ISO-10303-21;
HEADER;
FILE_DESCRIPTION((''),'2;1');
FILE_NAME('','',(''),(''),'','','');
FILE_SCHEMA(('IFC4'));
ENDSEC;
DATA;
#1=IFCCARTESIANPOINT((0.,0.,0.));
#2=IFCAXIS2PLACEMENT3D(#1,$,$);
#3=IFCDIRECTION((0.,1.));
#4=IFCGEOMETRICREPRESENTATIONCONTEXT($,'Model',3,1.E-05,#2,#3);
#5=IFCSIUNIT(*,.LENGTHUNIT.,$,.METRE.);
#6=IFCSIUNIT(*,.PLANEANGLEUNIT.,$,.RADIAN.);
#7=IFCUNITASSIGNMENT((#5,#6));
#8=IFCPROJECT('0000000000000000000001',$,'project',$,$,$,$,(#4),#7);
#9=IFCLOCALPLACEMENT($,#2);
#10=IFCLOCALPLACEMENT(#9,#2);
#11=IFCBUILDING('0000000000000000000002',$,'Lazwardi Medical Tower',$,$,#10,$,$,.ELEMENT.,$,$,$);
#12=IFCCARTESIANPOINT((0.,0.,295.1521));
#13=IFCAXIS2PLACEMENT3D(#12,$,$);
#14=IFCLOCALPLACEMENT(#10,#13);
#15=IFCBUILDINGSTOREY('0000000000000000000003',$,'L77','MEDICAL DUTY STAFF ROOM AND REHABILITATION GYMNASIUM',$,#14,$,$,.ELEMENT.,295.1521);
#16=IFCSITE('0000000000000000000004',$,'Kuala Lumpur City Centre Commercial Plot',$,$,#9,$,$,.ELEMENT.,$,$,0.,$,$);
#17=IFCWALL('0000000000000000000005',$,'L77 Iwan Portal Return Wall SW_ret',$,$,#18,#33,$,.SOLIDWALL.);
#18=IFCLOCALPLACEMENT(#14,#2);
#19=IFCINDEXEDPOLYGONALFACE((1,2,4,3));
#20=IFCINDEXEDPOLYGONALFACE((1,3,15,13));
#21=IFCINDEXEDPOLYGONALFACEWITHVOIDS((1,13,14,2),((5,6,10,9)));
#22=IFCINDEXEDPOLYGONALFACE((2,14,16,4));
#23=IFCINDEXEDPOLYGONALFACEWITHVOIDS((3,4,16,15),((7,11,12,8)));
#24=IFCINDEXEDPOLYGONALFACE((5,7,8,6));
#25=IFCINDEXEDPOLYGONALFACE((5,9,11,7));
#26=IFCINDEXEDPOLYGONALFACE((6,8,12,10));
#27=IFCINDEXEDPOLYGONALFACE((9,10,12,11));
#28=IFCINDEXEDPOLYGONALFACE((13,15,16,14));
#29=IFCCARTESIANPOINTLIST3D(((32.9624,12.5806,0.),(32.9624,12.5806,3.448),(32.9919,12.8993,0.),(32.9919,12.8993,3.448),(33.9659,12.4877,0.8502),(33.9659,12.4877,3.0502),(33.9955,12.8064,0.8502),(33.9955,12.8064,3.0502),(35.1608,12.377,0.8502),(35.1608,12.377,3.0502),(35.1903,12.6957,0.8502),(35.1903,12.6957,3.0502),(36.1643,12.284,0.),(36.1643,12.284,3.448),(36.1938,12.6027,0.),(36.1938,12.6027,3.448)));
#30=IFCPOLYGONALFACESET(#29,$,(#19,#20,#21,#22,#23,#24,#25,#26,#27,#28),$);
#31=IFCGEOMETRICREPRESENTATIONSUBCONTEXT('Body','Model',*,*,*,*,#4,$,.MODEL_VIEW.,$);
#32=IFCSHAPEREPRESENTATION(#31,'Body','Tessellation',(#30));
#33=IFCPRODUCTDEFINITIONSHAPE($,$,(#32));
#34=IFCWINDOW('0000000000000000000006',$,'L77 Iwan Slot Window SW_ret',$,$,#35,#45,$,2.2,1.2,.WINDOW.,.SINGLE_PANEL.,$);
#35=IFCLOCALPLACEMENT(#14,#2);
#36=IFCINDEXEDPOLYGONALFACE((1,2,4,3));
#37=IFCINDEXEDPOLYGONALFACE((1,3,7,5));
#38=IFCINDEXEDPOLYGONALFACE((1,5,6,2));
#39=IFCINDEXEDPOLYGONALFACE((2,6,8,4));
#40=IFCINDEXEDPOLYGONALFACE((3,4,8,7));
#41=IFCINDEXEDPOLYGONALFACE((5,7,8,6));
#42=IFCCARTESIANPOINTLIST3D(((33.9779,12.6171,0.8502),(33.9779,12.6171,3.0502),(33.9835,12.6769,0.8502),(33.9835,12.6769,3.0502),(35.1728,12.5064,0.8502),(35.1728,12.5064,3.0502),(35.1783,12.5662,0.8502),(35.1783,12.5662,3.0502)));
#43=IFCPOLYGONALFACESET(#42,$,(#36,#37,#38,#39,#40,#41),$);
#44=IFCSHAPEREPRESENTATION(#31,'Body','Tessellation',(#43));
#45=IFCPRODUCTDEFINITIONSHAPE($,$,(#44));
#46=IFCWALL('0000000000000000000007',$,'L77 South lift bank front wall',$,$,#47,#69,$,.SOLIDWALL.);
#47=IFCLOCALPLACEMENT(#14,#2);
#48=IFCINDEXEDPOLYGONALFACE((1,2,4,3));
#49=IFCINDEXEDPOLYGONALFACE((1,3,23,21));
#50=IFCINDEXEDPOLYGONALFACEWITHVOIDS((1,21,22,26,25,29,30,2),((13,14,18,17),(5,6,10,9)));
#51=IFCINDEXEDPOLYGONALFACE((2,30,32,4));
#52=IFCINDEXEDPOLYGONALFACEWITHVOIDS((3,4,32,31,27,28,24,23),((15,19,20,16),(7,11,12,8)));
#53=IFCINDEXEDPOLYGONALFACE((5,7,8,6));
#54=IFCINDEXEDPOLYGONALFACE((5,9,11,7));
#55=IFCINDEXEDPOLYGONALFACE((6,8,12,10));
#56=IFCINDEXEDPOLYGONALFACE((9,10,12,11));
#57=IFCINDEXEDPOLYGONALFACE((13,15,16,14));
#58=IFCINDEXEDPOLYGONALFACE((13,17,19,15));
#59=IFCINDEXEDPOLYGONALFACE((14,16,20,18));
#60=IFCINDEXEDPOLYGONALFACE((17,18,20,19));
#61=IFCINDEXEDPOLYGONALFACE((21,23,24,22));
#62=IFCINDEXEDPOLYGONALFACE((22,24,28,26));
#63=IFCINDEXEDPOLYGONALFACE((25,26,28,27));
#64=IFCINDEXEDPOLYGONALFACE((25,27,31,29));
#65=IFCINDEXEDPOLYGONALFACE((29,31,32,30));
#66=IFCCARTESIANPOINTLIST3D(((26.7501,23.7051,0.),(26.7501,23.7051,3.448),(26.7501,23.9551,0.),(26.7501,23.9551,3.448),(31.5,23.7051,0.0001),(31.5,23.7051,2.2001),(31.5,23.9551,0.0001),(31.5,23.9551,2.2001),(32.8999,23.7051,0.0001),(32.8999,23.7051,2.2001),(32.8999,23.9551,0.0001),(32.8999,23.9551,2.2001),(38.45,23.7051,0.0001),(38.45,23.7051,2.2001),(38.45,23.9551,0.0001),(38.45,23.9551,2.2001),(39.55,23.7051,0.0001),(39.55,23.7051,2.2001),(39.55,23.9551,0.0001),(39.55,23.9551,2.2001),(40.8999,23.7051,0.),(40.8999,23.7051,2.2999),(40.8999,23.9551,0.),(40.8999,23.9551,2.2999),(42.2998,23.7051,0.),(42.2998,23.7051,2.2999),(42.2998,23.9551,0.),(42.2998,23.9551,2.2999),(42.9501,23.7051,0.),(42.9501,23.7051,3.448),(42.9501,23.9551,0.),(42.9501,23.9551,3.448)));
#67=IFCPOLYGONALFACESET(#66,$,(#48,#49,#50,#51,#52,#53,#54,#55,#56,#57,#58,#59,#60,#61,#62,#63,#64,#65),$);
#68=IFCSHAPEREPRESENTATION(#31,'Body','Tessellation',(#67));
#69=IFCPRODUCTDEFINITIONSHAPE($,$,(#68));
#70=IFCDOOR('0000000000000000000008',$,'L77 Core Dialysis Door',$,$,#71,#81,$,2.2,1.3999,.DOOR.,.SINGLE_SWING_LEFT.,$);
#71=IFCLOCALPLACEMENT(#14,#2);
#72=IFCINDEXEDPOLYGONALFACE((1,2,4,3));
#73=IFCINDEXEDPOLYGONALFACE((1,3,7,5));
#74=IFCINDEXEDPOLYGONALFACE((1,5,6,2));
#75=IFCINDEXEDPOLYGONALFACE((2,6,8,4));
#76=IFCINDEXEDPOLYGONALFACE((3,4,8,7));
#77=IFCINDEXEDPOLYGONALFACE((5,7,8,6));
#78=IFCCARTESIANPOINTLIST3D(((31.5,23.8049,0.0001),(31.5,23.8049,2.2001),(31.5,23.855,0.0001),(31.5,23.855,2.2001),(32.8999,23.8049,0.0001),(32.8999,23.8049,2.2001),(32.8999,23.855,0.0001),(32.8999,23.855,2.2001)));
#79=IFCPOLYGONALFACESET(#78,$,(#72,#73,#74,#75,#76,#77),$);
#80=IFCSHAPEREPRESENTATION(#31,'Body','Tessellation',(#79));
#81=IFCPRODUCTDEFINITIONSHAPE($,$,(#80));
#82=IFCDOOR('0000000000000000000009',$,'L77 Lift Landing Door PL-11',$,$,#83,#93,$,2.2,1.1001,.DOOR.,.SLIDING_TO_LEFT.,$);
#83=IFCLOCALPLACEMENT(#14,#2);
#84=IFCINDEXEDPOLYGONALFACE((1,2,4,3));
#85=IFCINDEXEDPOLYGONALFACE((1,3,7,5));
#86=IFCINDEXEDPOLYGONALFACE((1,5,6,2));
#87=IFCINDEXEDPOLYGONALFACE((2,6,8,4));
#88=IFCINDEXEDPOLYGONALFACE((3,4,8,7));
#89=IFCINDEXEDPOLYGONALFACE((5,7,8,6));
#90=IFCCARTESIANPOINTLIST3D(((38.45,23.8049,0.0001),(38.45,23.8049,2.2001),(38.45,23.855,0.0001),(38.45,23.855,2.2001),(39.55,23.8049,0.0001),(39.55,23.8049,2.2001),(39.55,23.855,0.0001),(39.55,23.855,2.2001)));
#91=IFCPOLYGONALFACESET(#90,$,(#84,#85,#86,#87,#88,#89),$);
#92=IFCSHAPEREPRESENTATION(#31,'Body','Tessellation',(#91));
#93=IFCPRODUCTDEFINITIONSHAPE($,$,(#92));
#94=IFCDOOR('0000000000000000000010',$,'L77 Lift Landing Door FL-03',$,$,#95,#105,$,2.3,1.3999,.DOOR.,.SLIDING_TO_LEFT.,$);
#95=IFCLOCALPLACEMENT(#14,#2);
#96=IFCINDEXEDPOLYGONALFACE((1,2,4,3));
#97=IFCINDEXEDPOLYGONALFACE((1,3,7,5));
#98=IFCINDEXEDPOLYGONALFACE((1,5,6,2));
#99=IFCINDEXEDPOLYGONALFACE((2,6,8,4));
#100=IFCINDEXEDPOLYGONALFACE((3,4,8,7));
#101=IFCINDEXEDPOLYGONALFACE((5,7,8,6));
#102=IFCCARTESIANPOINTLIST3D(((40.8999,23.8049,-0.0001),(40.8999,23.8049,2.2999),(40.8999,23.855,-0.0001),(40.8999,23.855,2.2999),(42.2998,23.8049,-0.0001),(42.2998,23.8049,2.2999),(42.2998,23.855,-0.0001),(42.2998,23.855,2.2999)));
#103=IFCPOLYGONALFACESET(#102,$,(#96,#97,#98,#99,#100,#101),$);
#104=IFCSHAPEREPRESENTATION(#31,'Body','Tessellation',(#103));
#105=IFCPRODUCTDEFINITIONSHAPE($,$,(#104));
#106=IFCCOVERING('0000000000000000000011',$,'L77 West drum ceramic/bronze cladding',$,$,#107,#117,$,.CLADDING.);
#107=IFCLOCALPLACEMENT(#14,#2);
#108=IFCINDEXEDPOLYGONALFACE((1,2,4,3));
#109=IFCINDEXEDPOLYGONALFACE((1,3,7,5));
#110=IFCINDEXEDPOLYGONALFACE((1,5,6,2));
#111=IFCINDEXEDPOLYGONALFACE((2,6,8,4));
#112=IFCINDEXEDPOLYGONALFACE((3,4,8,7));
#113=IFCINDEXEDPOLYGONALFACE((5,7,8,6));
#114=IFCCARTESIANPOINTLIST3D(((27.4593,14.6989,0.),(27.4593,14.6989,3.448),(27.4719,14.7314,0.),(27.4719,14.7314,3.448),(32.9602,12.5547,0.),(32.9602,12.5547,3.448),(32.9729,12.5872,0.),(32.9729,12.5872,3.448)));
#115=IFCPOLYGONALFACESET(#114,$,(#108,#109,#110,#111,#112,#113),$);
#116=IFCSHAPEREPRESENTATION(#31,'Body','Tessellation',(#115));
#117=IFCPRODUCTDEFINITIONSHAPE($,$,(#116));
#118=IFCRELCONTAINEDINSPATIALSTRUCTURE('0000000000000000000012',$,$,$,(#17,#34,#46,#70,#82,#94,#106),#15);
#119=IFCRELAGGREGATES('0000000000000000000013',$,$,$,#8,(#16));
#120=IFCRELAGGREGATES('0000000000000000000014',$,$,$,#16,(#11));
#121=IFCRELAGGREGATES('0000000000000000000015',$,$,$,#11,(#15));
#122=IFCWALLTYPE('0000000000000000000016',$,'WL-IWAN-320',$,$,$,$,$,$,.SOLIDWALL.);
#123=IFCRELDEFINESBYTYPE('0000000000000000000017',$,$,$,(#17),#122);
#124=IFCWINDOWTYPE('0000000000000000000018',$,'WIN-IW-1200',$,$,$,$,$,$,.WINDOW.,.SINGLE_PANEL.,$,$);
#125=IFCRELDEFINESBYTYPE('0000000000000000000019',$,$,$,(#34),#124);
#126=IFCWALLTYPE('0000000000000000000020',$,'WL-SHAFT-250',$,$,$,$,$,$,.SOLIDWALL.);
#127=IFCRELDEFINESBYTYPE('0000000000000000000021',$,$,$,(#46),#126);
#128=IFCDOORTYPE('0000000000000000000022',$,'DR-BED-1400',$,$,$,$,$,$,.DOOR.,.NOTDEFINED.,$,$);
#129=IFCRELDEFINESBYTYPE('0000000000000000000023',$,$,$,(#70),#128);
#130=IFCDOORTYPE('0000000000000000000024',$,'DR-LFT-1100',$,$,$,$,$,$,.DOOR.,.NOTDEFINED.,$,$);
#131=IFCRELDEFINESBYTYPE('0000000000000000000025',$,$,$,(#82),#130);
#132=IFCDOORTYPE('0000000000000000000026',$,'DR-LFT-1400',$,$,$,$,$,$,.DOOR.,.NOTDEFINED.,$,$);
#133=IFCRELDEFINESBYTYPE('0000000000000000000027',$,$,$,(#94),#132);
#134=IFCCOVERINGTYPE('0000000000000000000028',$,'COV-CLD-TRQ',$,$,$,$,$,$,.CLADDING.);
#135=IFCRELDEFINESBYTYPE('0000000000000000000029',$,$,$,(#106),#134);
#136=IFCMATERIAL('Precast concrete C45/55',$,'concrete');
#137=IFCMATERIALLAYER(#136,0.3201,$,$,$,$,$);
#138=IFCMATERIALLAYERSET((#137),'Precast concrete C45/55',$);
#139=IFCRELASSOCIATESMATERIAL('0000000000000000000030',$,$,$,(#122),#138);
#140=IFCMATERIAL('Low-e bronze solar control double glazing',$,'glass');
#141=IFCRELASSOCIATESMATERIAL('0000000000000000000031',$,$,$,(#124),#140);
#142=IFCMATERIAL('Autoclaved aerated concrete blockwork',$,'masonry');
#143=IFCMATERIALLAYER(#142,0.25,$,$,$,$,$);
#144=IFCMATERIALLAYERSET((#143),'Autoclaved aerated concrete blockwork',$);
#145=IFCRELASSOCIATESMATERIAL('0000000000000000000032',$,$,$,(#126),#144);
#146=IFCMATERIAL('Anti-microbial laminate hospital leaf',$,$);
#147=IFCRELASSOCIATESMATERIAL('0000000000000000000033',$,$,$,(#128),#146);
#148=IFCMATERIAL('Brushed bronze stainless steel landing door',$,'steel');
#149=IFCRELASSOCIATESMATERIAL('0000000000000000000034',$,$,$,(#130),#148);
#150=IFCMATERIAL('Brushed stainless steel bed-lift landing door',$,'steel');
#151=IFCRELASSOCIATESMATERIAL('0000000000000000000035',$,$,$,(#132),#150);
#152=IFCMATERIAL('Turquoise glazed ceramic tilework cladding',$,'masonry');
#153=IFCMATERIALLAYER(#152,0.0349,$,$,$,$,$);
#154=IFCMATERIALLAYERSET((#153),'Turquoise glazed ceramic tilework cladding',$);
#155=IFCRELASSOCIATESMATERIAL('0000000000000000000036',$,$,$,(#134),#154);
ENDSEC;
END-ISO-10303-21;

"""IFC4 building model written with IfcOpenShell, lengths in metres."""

from ifc_helpers import new_model, si_unit, direction, frame, frame_2d, origin, origin_2d, place, context, subcontext, project, spatial, rectangle, extrude, material, layer, layer_set, type_object, element, fill, save


model = new_model("IFC4")

# Units and contexts
model_context = context("Model", 3, precision=1e-05, world=origin(), true_north=direction((0.0, 1.0)))
body_context = subcontext(model_context, "Body", "Model", "MODEL_VIEW")
ifc_project = project(units=[si_unit("LENGTHUNIT", "METRE"), si_unit("PLANEANGLEUNIT", "RADIAN")], contexts=[model_context])

# Site, building, storey
site_placement = place(None, origin())
site = spatial("IfcSite", under=ifc_project, at=site_placement, Name="Kuala Lumpur City Centre Commercial Plot", CompositionType="ELEMENT", RefElevation=0.0)
building_placement = place(site_placement, origin())
building = spatial("IfcBuilding", under=site, at=building_placement, Name="Lazwardi Medical Tower", CompositionType="ELEMENT")
storey_placement = place(building_placement, frame((0.0, 0.0, 295.1521)))
storey = spatial("IfcBuildingStorey", under=building, at=storey_placement, Name="L77", Description="MEDICAL DUTY STAFF ROOM AND REHABILITATION GYMNASIUM", CompositionType="ELEMENT", Elevation=295.1521)

# Wall, opening, window
ifc_material_1 = material(Name="Precast concrete C45/55", Category="concrete")
ifc_material_2 = material(Name="Low-e bronze solar control double glazing", Category="glass")
ifc_layer_1 = layer(ifc_material_1, 0.3201)
ifc_layer_set_1 = layer_set([ifc_layer_1], Name="Precast concrete C45/55")
wall_type_1 = type_object("IfcWallType", Name="WL-IWAN-320", PredefinedType="SOLIDWALL", material=ifc_layer_set_1)
wall_1_placement = place(storey_placement, frame((32.9771, 12.74, 0.0), z_axis=(0.0, 0.0, 1.0), x_axis=(0.995736, -0.092247, 0.0)))
wall_1 = element("IfcWall", 1, at=wall_1_placement, inside=storey, type_object=wall_type_1, Name="L77 Iwan Portal Return Wall SW_ret", PredefinedType="SOLIDWALL", context=body_context, shape_type="SweptSolid", body=[
    extrude(rectangle(XDim=3.2156, YDim=0.3201, at=frame_2d((1.6079, 0.0))), origin(), (0.0, 0.0, 1.0), 3.448),
])
opening_1_placement = place(wall_1_placement, frame((1.0078, 0.0, 0.8501)))
opening_1 = element("IfcOpeningElement", 2, at=opening_1_placement, cuts=wall_1, PredefinedType="OPENING", context=body_context, shape_type="SweptSolid", body=[
    extrude(rectangle(XDim=1.2, YDim=2.2, at=frame_2d((0.6001, 1.1001))), frame((0.0, 0.1699, 0.0), z_axis=(0.0, -1.0, 0.0), x_axis=(1.0, 0.0, 0.0)), (0.0, 0.0, 1.0), 0.3401),
])
window_type_1 = type_object("IfcWindowType", Name="WIN-IW-1200", PartitioningType="SINGLE_PANEL", PredefinedType="WINDOW", material=ifc_material_2)
window_1_placement = place(opening_1_placement, origin())
window_1 = element("IfcWindow", 3, at=window_1_placement, inside=storey, type_object=window_type_1, Name="L77 Iwan Slot Window SW_ret", OverallHeight=2.2, OverallWidth=1.2, PartitioningType="SINGLE_PANEL", PredefinedType="WINDOW", context=body_context, shape_type="SweptSolid", body=[
    extrude(rectangle(XDim=1.2, YDim=2.2, at=frame_2d((0.6001, 1.1001))), frame((0.0, 0.03, 0.0), z_axis=(0.0, -1.0, 0.0), x_axis=(1.0, 0.0, 0.0)), (0.0, 0.0, 1.0), 0.0601),
])
fill(opening_1, window_1)

# Wall, openings, doors
ifc_material_3 = material(Name="Autoclaved aerated concrete blockwork", Category="masonry")
ifc_layer_2 = layer(ifc_material_3, 0.25)
ifc_layer_set_2 = layer_set([ifc_layer_2], Name="Autoclaved aerated concrete blockwork")
wall_type_2 = type_object("IfcWallType", Name="WL-SHAFT-250", PredefinedType="SOLIDWALL", material=ifc_layer_set_2)
wall_2_placement = place(storey_placement, frame((26.75, 23.8301, 0.0), z_axis=(0.0, 0.0, 1.0), x_axis=(1.0, 0.0, 0.0)))
wall_2 = element("IfcWall", 4, at=wall_2_placement, inside=storey, type_object=wall_type_2, Name="L77 South lift bank front wall", PredefinedType="SOLIDWALL", context=body_context, shape_type="SweptSolid", body=[
    extrude(rectangle(XDim=16.2, YDim=0.25, at=frame_2d((8.1001, 0.0))), origin(), (0.0, 0.0, 1.0), 3.448),
])
opening_2_placement = place(wall_2_placement, frame((4.75, 0.0, 0.0)))
opening_2 = element("IfcOpeningElement", 5, at=opening_2_placement, cuts=wall_2, PredefinedType="OPENING", context=body_context, shape_type="SweptSolid", body=[
    extrude(rectangle(XDim=1.3999, YDim=2.2, at=frame_2d((0.7, 1.1001))), frame((0.0, 0.135, 0.0), z_axis=(0.0, -1.0, 0.0), x_axis=(1.0, 0.0, 0.0)), (0.0, 0.0, 1.0), 0.27),
])
opening_3_placement = place(wall_2_placement, frame((11.7, 0.0, 0.0)))
opening_3 = element("IfcOpeningElement", 6, at=opening_3_placement, cuts=wall_2, PredefinedType="OPENING", context=body_context, shape_type="SweptSolid", body=[
    extrude(rectangle(XDim=1.1001, YDim=2.2, at=frame_2d((0.55, 1.1001))), frame((0.0, 0.135, 0.0), z_axis=(0.0, -1.0, 0.0), x_axis=(1.0, 0.0, 0.0)), (0.0, 0.0, 1.0), 0.27),
])
opening_4_placement = place(wall_2_placement, frame((14.1499, 0.0, 0.0)))
opening_4 = element("IfcOpeningElement", 7, at=opening_4_placement, cuts=wall_2, PredefinedType="OPENING", context=body_context, shape_type="SweptSolid", body=[
    extrude(rectangle(XDim=1.3999, YDim=2.3, at=frame_2d((0.7, 1.1499))), frame((0.0, 0.135, 0.0), z_axis=(0.0, -1.0, 0.0), x_axis=(1.0, 0.0, 0.0)), (0.0, 0.0, 1.0), 0.27),
])
ifc_material_4 = material(Name="Anti-microbial laminate hospital leaf")
door_type_1 = type_object("IfcDoorType", Name="DR-BED-1400", OperationType="NOTDEFINED", PredefinedType="DOOR", material=ifc_material_4)
door_1_placement = place(opening_2_placement, origin())
door_1 = element("IfcDoor", 8, at=door_1_placement, inside=storey, type_object=door_type_1, Name="L77 Core Dialysis Door", OperationType="SINGLE_SWING_LEFT", OverallHeight=2.2, OverallWidth=1.3999, PredefinedType="DOOR", context=body_context, shape_type="SweptSolid", body=[
    extrude(rectangle(XDim=1.3999, YDim=2.2, at=frame_2d((0.7, 1.1001))), frame((0.0, 0.0249, 0.0), z_axis=(0.0, -1.0, 0.0), x_axis=(1.0, 0.0, 0.0)), (0.0, 0.0, 1.0), 0.05),
])
fill(opening_2, door_1)
ifc_material_5 = material(Name="Brushed bronze stainless steel landing door", Category="steel")
door_type_2 = type_object("IfcDoorType", Name="DR-LFT-1100", OperationType="NOTDEFINED", PredefinedType="DOOR", material=ifc_material_5)
door_2_placement = place(opening_3_placement, origin())
door_2 = element("IfcDoor", 9, at=door_2_placement, inside=storey, type_object=door_type_2, Name="L77 Lift Landing Door PL-11", OperationType="SLIDING_TO_LEFT", OverallHeight=2.2, OverallWidth=1.1001, PredefinedType="DOOR", context=body_context, shape_type="SweptSolid", body=[
    extrude(rectangle(XDim=1.1001, YDim=2.2, at=frame_2d((0.55, 1.1001))), frame((0.0, 0.0249, 0.0), z_axis=(0.0, -1.0, 0.0), x_axis=(1.0, 0.0, 0.0)), (0.0, 0.0, 1.0), 0.05),
])
fill(opening_3, door_2)
ifc_material_6 = material(Name="Brushed stainless steel bed-lift landing door", Category="steel")
door_type_3 = type_object("IfcDoorType", Name="DR-LFT-1400", OperationType="NOTDEFINED", PredefinedType="DOOR", material=ifc_material_6)
door_3_placement = place(opening_4_placement, origin())
door_3 = element("IfcDoor", 10, at=door_3_placement, inside=storey, type_object=door_type_3, Name="L77 Lift Landing Door FL-03", OperationType="SLIDING_TO_LEFT", OverallHeight=2.3, OverallWidth=1.3999, PredefinedType="DOOR", context=body_context, shape_type="SweptSolid", body=[
    extrude(rectangle(XDim=1.3999, YDim=2.3, at=frame_2d((0.7, 1.1499))), frame((0.0, 0.0249, 0.0), z_axis=(0.0, -1.0, 0.0), x_axis=(1.0, 0.0, 0.0)), (0.0, 0.0, 1.0), 0.05),
])
fill(opening_4, door_3)

# Covering
ifc_material_7 = material(Name="Turquoise glazed ceramic tilework cladding", Category="masonry")
ifc_layer_3 = layer(ifc_material_7, 0.0349)
ifc_layer_set_3 = layer_set([ifc_layer_3], Name="Turquoise glazed ceramic tilework cladding")
covering_type = type_object("IfcCoveringType", Name="COV-CLD-TRQ", PredefinedType="CLADDING", material=ifc_layer_set_3)
covering_placement = place(storey_placement, frame((30.2161, 13.6431, 0.0), z_axis=(0.0, 0.0, 1.0), x_axis=(0.93172, -0.363176, 0.0)))
element("IfcCovering", 11, at=covering_placement, inside=storey, type_object=covering_type, Name="L77 West drum ceramic/bronze cladding", PredefinedType="CLADDING", context=body_context, shape_type="SweptSolid", body=[
    extrude(rectangle(XDim=5.9041, YDim=0.0349, at=origin_2d()), origin(), (0.0, 0.0, 1.0), 3.448),
])

save(model, "model.ifc")
